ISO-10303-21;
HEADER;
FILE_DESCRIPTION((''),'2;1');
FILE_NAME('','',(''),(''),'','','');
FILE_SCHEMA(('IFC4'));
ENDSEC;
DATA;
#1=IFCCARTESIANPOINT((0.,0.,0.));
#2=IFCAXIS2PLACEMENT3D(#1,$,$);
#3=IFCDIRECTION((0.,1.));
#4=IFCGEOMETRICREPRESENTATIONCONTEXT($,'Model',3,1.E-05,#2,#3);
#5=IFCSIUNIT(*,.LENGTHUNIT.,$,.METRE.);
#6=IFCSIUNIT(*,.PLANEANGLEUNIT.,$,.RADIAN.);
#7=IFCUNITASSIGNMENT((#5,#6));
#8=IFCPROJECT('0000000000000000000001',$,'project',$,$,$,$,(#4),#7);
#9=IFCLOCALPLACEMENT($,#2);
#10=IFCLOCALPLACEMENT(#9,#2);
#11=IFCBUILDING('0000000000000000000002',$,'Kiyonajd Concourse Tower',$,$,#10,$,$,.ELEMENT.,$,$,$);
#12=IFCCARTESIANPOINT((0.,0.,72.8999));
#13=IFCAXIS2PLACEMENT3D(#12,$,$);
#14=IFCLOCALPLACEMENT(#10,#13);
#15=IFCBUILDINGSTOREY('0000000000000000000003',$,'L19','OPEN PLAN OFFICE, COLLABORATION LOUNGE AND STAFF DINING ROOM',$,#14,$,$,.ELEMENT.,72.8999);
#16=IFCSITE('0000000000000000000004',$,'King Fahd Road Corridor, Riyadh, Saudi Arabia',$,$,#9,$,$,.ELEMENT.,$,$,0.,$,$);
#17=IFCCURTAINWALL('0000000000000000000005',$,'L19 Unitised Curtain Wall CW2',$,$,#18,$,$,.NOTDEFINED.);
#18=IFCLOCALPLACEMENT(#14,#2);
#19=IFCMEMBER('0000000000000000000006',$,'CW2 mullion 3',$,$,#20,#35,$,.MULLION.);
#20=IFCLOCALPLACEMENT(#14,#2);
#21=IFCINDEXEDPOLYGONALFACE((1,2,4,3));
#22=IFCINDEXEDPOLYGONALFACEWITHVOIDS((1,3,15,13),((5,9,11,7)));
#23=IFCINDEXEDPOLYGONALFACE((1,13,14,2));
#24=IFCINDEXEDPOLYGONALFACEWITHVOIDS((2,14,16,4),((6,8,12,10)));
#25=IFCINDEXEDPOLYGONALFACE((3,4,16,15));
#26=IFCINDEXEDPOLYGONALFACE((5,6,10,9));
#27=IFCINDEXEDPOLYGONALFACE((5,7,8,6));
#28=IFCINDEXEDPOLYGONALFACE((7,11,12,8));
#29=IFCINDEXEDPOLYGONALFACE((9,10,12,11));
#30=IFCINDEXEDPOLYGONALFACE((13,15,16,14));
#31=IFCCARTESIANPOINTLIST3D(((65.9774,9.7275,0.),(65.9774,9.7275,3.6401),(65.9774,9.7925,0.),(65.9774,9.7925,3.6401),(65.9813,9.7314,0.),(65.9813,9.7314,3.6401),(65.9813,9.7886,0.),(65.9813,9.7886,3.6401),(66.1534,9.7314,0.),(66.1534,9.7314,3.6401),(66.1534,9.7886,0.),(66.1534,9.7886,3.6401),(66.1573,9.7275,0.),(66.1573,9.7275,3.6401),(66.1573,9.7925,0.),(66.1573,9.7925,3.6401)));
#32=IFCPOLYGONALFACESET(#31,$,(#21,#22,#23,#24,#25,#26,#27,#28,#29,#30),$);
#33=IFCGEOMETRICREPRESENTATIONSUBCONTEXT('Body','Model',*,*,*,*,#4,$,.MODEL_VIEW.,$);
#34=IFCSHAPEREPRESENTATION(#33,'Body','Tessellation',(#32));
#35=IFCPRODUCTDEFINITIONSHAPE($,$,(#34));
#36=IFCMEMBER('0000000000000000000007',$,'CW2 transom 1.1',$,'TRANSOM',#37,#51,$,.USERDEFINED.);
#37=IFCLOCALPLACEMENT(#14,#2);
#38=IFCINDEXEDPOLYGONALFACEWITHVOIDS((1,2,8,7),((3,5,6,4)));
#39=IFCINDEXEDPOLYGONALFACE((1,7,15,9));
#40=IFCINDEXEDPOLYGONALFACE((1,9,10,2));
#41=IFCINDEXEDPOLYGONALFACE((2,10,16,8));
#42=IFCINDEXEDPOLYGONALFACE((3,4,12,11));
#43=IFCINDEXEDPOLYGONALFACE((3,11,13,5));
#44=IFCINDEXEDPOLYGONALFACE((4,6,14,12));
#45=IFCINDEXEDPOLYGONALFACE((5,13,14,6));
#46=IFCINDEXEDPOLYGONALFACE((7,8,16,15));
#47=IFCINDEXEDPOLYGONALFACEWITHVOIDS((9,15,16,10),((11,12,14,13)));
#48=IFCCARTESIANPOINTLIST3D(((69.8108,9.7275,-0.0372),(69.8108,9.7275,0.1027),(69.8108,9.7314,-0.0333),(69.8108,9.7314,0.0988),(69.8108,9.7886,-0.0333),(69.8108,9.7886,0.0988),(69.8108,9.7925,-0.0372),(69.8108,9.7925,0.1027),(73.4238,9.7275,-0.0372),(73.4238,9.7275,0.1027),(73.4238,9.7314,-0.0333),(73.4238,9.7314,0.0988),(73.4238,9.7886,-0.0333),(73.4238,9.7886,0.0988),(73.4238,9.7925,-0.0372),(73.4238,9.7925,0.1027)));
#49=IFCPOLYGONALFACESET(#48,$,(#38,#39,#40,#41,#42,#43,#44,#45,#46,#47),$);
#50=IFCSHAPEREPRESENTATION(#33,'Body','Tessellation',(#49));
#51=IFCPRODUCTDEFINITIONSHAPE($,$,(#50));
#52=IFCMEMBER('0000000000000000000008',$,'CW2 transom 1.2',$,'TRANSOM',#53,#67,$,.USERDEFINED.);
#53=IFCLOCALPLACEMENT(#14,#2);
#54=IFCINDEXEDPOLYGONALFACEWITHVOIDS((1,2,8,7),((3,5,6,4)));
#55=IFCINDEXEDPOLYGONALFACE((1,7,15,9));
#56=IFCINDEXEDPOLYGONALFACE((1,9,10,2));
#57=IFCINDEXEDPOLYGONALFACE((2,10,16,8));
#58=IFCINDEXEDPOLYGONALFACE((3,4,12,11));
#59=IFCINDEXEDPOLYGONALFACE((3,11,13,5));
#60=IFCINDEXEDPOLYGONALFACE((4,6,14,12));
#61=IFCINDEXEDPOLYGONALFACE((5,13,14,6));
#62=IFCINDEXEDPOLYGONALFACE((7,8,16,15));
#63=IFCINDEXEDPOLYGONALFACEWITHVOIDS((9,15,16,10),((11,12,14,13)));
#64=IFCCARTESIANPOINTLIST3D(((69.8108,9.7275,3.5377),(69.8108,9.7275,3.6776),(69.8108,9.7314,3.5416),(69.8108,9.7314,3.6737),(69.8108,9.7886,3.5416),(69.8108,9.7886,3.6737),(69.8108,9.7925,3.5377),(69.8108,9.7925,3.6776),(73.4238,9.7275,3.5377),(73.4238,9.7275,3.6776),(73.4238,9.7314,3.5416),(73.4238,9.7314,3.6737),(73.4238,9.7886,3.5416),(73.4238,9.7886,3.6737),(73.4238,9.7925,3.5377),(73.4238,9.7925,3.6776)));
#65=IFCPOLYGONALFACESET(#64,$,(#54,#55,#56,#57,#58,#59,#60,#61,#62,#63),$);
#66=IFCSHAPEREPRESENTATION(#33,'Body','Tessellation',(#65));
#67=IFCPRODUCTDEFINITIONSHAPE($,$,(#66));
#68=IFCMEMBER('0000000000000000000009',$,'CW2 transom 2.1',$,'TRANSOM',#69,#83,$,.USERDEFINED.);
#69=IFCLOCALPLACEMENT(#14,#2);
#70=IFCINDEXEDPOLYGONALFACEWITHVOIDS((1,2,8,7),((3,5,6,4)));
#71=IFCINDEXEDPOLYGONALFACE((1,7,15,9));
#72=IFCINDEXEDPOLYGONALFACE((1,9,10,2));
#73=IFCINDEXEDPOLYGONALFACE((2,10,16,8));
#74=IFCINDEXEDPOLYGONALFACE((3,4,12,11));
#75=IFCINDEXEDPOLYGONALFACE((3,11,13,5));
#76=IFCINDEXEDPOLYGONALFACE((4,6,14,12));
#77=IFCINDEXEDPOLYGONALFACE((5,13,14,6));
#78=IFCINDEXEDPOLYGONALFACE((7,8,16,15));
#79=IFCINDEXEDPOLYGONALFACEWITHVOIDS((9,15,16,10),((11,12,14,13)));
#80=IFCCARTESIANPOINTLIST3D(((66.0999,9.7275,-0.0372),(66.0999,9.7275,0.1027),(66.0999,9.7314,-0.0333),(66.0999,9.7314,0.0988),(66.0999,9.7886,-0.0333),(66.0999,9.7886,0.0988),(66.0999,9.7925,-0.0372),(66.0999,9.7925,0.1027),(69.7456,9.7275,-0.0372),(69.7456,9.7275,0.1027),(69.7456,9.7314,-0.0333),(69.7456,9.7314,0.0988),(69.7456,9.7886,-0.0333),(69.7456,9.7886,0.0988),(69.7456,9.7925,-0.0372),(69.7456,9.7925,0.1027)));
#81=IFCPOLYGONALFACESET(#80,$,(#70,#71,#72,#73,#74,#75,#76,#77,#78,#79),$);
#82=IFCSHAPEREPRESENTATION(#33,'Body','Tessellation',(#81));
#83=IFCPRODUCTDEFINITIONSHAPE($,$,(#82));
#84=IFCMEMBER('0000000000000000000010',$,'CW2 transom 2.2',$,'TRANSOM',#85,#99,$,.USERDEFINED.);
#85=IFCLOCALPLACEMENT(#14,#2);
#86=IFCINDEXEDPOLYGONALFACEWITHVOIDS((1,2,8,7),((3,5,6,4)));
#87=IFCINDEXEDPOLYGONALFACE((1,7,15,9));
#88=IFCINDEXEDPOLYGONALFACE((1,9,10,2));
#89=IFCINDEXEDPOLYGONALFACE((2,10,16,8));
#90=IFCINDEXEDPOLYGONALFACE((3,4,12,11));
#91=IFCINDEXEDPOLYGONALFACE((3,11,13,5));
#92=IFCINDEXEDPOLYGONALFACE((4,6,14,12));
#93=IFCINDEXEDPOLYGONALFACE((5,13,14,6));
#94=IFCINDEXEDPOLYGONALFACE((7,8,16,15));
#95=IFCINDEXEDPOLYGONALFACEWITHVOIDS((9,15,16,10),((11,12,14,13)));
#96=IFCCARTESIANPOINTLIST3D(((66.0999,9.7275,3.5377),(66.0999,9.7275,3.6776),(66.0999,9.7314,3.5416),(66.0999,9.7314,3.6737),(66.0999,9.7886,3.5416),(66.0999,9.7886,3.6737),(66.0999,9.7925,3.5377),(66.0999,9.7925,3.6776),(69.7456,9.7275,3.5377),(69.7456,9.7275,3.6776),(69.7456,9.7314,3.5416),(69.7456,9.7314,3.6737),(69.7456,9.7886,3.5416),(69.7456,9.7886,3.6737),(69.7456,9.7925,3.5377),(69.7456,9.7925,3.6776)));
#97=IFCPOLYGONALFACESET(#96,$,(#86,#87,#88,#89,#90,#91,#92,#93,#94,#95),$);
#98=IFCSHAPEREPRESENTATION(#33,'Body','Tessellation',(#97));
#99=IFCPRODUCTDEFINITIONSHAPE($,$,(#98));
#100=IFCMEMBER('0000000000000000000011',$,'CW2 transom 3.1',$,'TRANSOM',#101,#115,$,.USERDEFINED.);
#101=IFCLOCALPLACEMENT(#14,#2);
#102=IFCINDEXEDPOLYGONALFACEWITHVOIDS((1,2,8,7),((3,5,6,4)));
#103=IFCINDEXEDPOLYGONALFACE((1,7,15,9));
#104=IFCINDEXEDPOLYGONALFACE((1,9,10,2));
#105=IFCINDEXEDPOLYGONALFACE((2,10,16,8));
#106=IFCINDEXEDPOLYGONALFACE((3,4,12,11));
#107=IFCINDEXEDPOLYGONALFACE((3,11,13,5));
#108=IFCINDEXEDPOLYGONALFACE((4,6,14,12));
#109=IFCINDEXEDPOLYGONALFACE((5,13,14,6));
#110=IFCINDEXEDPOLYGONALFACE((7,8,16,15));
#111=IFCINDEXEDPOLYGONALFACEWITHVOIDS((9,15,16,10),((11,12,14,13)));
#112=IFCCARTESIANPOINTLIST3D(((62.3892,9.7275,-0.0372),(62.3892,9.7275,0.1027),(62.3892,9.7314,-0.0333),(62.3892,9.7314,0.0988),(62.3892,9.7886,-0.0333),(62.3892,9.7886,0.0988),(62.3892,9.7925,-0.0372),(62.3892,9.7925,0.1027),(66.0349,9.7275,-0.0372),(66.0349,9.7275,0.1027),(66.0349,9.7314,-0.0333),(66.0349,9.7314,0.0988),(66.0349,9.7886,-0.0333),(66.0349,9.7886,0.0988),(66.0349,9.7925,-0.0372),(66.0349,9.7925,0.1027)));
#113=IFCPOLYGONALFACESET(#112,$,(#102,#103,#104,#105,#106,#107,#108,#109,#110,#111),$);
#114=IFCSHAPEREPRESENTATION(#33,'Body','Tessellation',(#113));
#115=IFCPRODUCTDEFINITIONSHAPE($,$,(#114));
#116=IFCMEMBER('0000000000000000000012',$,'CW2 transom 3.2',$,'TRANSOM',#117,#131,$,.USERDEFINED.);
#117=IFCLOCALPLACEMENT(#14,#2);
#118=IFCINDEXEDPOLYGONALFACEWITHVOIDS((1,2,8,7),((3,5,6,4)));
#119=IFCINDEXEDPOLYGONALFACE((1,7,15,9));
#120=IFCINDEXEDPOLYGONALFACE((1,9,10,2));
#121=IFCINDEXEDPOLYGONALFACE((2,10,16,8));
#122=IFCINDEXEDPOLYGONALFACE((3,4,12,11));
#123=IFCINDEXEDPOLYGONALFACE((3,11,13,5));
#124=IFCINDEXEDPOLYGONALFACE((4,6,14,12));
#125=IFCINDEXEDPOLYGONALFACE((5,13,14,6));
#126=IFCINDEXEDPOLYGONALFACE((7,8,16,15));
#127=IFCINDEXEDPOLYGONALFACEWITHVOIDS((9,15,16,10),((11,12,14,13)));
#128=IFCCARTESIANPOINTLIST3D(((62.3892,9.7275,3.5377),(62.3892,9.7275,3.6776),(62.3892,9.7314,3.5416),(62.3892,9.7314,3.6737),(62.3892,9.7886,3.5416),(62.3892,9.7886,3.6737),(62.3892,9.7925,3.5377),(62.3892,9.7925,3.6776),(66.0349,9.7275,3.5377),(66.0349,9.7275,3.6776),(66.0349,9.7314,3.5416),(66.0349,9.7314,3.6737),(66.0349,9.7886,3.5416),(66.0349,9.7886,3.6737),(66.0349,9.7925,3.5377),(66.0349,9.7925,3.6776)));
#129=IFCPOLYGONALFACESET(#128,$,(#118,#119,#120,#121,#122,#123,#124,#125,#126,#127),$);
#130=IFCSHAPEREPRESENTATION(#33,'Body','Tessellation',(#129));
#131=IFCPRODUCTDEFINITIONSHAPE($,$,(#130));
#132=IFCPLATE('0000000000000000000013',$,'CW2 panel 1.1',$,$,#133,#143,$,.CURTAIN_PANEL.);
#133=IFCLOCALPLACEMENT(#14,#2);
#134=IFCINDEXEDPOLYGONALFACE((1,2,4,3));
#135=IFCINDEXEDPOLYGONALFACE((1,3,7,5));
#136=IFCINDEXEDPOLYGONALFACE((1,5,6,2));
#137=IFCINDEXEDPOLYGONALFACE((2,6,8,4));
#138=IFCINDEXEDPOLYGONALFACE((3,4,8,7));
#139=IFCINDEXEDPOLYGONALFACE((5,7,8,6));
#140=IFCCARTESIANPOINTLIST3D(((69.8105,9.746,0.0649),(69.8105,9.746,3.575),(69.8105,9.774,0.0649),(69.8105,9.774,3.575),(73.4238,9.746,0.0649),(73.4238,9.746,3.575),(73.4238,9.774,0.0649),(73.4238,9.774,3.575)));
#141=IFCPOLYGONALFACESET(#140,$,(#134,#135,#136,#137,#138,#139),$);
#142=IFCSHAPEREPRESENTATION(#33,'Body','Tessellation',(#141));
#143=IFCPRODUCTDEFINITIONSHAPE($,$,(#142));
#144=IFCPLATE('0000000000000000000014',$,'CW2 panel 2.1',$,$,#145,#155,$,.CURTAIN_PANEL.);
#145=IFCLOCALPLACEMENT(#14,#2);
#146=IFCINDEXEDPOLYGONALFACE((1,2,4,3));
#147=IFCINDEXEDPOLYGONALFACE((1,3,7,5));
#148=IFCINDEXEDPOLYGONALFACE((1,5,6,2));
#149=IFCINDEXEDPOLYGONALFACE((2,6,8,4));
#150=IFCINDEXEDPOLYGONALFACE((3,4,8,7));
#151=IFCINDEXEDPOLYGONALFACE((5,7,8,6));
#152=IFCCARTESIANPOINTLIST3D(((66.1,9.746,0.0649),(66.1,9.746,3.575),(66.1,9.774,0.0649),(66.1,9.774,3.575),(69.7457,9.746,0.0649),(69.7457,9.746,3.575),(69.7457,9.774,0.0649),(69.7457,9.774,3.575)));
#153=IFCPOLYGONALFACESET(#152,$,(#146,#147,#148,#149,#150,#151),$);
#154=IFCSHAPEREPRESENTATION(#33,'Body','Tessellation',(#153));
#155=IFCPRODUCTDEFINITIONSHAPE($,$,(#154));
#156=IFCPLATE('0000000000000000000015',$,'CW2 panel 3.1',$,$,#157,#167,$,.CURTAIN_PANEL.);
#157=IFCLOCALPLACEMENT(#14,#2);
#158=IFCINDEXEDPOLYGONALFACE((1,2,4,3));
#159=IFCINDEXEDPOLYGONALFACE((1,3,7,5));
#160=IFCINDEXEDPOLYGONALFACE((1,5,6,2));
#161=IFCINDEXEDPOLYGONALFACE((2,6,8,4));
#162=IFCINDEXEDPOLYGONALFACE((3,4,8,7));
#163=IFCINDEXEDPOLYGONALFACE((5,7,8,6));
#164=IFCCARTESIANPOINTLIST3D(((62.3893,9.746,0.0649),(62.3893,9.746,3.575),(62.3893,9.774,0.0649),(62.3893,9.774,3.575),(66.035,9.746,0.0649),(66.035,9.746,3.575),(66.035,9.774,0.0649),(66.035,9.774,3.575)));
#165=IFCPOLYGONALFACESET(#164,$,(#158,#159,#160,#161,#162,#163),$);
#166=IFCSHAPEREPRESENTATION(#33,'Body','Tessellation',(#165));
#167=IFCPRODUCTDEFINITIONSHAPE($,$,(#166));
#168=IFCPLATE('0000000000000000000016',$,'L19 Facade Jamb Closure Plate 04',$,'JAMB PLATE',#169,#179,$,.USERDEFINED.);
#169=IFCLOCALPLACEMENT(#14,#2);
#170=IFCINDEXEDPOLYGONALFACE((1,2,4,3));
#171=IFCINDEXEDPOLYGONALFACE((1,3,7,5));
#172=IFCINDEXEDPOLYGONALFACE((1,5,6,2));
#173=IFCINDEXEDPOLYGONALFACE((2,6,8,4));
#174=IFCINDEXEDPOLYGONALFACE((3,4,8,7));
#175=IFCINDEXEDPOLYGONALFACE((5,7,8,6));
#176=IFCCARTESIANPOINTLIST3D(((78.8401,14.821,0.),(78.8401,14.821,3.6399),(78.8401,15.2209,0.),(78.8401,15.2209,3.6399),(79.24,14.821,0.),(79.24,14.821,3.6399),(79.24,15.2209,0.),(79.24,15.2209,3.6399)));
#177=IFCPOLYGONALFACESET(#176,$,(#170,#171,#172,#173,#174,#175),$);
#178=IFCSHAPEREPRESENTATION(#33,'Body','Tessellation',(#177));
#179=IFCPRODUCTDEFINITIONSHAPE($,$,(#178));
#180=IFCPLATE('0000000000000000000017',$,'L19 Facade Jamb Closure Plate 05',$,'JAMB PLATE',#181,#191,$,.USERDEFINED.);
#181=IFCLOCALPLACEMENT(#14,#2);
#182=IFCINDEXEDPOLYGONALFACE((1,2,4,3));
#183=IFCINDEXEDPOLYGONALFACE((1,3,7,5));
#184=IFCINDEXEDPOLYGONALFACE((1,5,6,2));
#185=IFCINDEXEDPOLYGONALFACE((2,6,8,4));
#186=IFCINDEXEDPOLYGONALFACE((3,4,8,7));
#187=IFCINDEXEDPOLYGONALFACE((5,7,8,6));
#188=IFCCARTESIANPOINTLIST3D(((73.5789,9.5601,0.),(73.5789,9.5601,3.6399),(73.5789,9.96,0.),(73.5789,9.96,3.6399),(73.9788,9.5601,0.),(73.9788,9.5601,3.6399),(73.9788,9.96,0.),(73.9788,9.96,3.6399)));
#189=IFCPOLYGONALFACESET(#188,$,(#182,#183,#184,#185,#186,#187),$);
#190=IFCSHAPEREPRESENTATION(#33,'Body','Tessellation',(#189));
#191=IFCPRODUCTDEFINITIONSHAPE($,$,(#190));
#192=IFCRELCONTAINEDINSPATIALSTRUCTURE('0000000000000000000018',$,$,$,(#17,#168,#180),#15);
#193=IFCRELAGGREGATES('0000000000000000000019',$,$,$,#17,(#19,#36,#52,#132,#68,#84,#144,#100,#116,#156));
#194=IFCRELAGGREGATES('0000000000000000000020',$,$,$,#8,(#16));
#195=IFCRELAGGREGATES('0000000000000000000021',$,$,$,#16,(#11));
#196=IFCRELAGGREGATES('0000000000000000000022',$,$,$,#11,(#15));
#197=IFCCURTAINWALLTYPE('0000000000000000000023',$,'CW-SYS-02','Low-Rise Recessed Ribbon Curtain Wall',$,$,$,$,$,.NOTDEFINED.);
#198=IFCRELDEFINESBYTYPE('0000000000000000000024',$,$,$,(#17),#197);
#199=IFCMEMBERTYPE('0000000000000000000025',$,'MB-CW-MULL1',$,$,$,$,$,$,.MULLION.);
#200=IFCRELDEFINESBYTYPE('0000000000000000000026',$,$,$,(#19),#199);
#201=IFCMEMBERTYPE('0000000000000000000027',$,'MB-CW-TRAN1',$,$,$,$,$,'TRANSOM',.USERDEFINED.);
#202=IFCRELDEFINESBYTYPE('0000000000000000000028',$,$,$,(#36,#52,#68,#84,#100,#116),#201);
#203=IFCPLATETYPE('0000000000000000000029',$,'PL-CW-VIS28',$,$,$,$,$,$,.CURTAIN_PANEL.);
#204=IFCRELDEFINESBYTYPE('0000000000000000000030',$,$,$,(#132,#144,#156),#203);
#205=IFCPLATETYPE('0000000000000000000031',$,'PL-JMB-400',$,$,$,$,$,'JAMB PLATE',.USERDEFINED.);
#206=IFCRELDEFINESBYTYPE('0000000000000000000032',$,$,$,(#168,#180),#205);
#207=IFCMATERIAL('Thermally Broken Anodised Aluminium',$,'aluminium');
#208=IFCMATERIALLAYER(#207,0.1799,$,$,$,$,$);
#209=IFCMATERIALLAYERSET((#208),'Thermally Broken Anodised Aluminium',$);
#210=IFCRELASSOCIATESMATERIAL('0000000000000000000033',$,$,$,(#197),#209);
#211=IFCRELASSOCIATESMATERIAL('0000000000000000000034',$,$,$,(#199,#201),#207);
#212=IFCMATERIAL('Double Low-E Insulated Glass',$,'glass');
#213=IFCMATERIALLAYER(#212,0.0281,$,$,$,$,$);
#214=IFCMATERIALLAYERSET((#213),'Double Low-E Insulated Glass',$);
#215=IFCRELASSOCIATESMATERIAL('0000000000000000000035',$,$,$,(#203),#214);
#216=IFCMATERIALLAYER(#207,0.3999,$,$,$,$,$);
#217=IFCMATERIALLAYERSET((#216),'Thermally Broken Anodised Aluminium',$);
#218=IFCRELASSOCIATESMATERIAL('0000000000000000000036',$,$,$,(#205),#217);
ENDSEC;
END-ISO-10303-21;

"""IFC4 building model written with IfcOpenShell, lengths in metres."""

from ifc_helpers import new_model, si_unit, direction, frame, origin, origin_2d, place, context, subcontext, project, spatial, rectangle, hollow_rectangle, extrude, material, layer, layer_set, material_profile, profile_set, type_object, element, aggregate, save


model = new_model("IFC4")

# Units and contexts
model_context = context("Model", 3, precision=1e-05, world=origin(), true_north=direction((0.0, 1.0)))
body_context = subcontext(model_context, "Body", "Model", "MODEL_VIEW")
ifc_project = project(units=[si_unit("LENGTHUNIT", "METRE"), si_unit("PLANEANGLEUNIT", "RADIAN")], contexts=[model_context])

# Site, building, storey
site_placement = place(None, origin())
site = spatial("IfcSite", under=ifc_project, at=site_placement, Name="King Fahd Road Corridor, Riyadh, Saudi Arabia", CompositionType="ELEMENT", RefElevation=0.0)
building_placement = place(site_placement, origin())
building = spatial("IfcBuilding", under=site, at=building_placement, Name="Kiyonajd Concourse Tower", CompositionType="ELEMENT")
storey_placement = place(building_placement, frame((0.0, 0.0, 72.8999)))
storey = spatial("IfcBuildingStorey", under=building, at=storey_placement, Name="L19", Description="OPEN PLAN OFFICE, COLLABORATION LOUNGE AND STAFF DINING ROOM", CompositionType="ELEMENT", Elevation=72.8999)

# Shared definitions
ifc_material_1 = material(Name="Thermally Broken Anodised Aluminium", Category="aluminium")
ifc_layer_1 = layer(ifc_material_1, 0.1799)
ifc_layer_set_1 = layer_set([ifc_layer_1], Name="Thermally Broken Anodised Aluminium")
curtain_wall_type = type_object("IfcCurtainWallType", Name="CW-SYS-02", Description="Low-Rise Recessed Ribbon Curtain Wall", PredefinedType="NOTDEFINED", material=ifc_layer_set_1)
ifc_material_profile_1 = material_profile(ifc_material_1, hollow_rectangle(XDim=0.0649, YDim=0.1799, WallThickness=0.0039, at=origin_2d()), Name="MULL-65x180")
ifc_profile_set_1 = profile_set([ifc_material_profile_1], Name="Thermally Broken Anodised Aluminium")
member_type_1 = type_object("IfcMemberType", Name="MB-CW-MULL1", PredefinedType="MULLION", material=ifc_profile_set_1)

# Curtain wall, members, plates
curtain_wall_1_placement = place(storey_placement, origin())
curtain_wall_1 = element("IfcCurtainWall", 1, at=curtain_wall_1_placement, inside=storey, type_object=curtain_wall_type, Name="L19 Unitised Curtain Wall CW2", PredefinedType="NOTDEFINED")
member_1_placement = place(storey_placement, frame((66.0674, 9.76, 0.0), z_axis=(0.0, 0.0, 1.0), x_axis=(0.0, -1.0, 0.0)))
member_1 = element("IfcMember", 2, at=member_1_placement, type_object=member_type_1, Name="CW2 mullion 3", PredefinedType="MULLION", context=body_context, shape_type="SweptSolid", body=[
    extrude(hollow_rectangle(XDim=0.0649, YDim=0.1799, WallThickness=0.0039, at=origin_2d()), origin(), (0.0, 0.0, 1.0), 3.6401),
])
ifc_material_profile_2 = material_profile(ifc_material_1, hollow_rectangle(XDim=0.0649, YDim=0.1399, WallThickness=0.0039, at=origin_2d()), Name="TRAN-65x140")
ifc_profile_set_2 = profile_set([ifc_material_profile_2], Name="Thermally Broken Anodised Aluminium")
member_type_2 = type_object("IfcMemberType", Name="MB-CW-TRAN1", ElementType="TRANSOM", PredefinedType="USERDEFINED", material=ifc_profile_set_2)
member_2_placement = place(storey_placement, frame((73.4238, 9.76, 0.0327), z_axis=(-1.0, 0.0, 0.0), x_axis=(0.0, -1.0, 0.0)))
member_2 = element("IfcMember", 3, at=member_2_placement, type_object=member_type_2, Name="CW2 transom 1.1", ObjectType="TRANSOM", PredefinedType="USERDEFINED", context=body_context, shape_type="SweptSolid", body=[
    extrude(hollow_rectangle(XDim=0.0649, YDim=0.1399, WallThickness=0.0039, at=origin_2d()), origin(), (0.0, 0.0, 1.0), 3.613),
])
member_3_placement = place(storey_placement, frame((73.4238, 9.76, 3.6077), z_axis=(-1.0, 0.0, 0.0), x_axis=(0.0, -1.0, 0.0)))
member_3 = element("IfcMember", 4, at=member_3_placement, type_object=member_type_2, Name="CW2 transom 1.2", ObjectType="TRANSOM", PredefinedType="USERDEFINED", context=body_context, shape_type="SweptSolid", body=[
    extrude(hollow_rectangle(XDim=0.0649, YDim=0.1399, WallThickness=0.0039, at=origin_2d()), origin(), (0.0, 0.0, 1.0), 3.613),
])
member_4_placement = place(storey_placement, frame((69.7456, 9.76, 0.0327), z_axis=(-1.0, 0.0, 0.0), x_axis=(0.0, -1.0, 0.0)))
member_4 = element("IfcMember", 5, at=member_4_placement, type_object=member_type_2, Name="CW2 transom 2.1", ObjectType="TRANSOM", PredefinedType="USERDEFINED", context=body_context, shape_type="SweptSolid", body=[
    extrude(hollow_rectangle(XDim=0.0649, YDim=0.1399, WallThickness=0.0039, at=origin_2d()), origin(), (0.0, 0.0, 1.0), 3.6458),
])
member_5_placement = place(storey_placement, frame((69.7456, 9.76, 3.6077), z_axis=(-1.0, 0.0, 0.0), x_axis=(0.0, -1.0, 0.0)))
member_5 = element("IfcMember", 6, at=member_5_placement, type_object=member_type_2, Name="CW2 transom 2.2", ObjectType="TRANSOM", PredefinedType="USERDEFINED", context=body_context, shape_type="SweptSolid", body=[
    extrude(hollow_rectangle(XDim=0.0649, YDim=0.1399, WallThickness=0.0039, at=origin_2d()), origin(), (0.0, 0.0, 1.0), 3.6458),
])
member_6_placement = place(storey_placement, frame((66.0349, 9.76, 0.0327), z_axis=(-1.0, 0.0, 0.0), x_axis=(0.0, -1.0, 0.0)))
member_6 = element("IfcMember", 7, at=member_6_placement, type_object=member_type_2, Name="CW2 transom 3.1", ObjectType="TRANSOM", PredefinedType="USERDEFINED", context=body_context, shape_type="SweptSolid", body=[
    extrude(hollow_rectangle(XDim=0.0649, YDim=0.1399, WallThickness=0.0039, at=origin_2d()), origin(), (0.0, 0.0, 1.0), 3.6458),
])
member_7_placement = place(storey_placement, frame((66.0349, 9.76, 3.6077), z_axis=(-1.0, 0.0, 0.0), x_axis=(0.0, -1.0, 0.0)))
member_7 = element("IfcMember", 8, at=member_7_placement, type_object=member_type_2, Name="CW2 transom 3.2", ObjectType="TRANSOM", PredefinedType="USERDEFINED", context=body_context, shape_type="SweptSolid", body=[
    extrude(hollow_rectangle(XDim=0.0649, YDim=0.1399, WallThickness=0.0039, at=origin_2d()), origin(), (0.0, 0.0, 1.0), 3.6458),
])
ifc_material_2 = material(Name="Double Low-E Insulated Glass", Category="glass")
ifc_layer_2 = layer(ifc_material_2, 0.0281)
ifc_layer_set_2 = layer_set([ifc_layer_2], Name="Double Low-E Insulated Glass")
plate_type_1 = type_object("IfcPlateType", Name="PL-CW-VIS28", PredefinedType="CURTAIN_PANEL", material=ifc_layer_set_2)
plate_1_placement = place(storey_placement, frame((71.6172, 9.76, 0.0649), z_axis=(0.0, 0.0, 1.0), x_axis=(-1.0, 0.0, 0.0)))
plate_1 = element("IfcPlate", 9, at=plate_1_placement, type_object=plate_type_1, Name="CW2 panel 1.1", PredefinedType="CURTAIN_PANEL", context=body_context, shape_type="SweptSolid", body=[
    extrude(rectangle(XDim=3.6133, YDim=0.0281, at=origin_2d()), origin(), (0.0, 0.0, 1.0), 3.51),
])
plate_2_placement = place(storey_placement, frame((67.9229, 9.76, 0.0649), z_axis=(0.0, 0.0, 1.0), x_axis=(-1.0, 0.0, 0.0)))
plate_2 = element("IfcPlate", 10, at=plate_2_placement, type_object=plate_type_1, Name="CW2 panel 2.1", PredefinedType="CURTAIN_PANEL", context=body_context, shape_type="SweptSolid", body=[
    extrude(rectangle(XDim=3.6458, YDim=0.0281, at=origin_2d()), origin(), (0.0, 0.0, 1.0), 3.51),
])
plate_3_placement = place(storey_placement, frame((64.2122, 9.76, 0.0649), z_axis=(0.0, 0.0, 1.0), x_axis=(-1.0, 0.0, 0.0)))
plate_3 = element("IfcPlate", 11, at=plate_3_placement, type_object=plate_type_1, Name="CW2 panel 3.1", PredefinedType="CURTAIN_PANEL", context=body_context, shape_type="SweptSolid", body=[
    extrude(rectangle(XDim=3.6458, YDim=0.0281, at=origin_2d()), origin(), (0.0, 0.0, 1.0), 3.51),
])
aggregate(curtain_wall_1, [member_1, member_2, member_3, plate_1, member_4, member_5, plate_2, member_6, member_7, plate_3])

# Plates
ifc_layer_3 = layer(ifc_material_1, 0.3999)
ifc_layer_set_3 = layer_set([ifc_layer_3], Name="Thermally Broken Anodised Aluminium")
plate_type_2 = type_object("IfcPlateType", Name="PL-JMB-400", ElementType="JAMB PLATE", PredefinedType="USERDEFINED", material=ifc_layer_set_3)
for number, where, z_axis, x_axis, name in (
    (12, (79.04, 15.021, 0.0), (0.0, 0.0, 1.0), (1.0, 0.0, 0.0), "L19 Facade Jamb Closure Plate 04"),
    (13, (73.7788, 9.76, 0.0), (0.0, 0.0, 1.0), (1.0, 0.0, 0.0), "L19 Facade Jamb Closure Plate 05"),
):
    element("IfcPlate", number, at=place(storey_placement, frame(where, z_axis=z_axis, x_axis=x_axis)), inside=storey, type_object=plate_type_2, Name=name, ObjectType="JAMB PLATE", PredefinedType="USERDEFINED", context=body_context, shape_type="SweptSolid", body=[
        extrude(rectangle(XDim=0.3999, YDim=0.3999, at=origin_2d()), origin(), (0.0, 0.0, 1.0), 3.6399),
    ])

save(model, "model.ifc")
